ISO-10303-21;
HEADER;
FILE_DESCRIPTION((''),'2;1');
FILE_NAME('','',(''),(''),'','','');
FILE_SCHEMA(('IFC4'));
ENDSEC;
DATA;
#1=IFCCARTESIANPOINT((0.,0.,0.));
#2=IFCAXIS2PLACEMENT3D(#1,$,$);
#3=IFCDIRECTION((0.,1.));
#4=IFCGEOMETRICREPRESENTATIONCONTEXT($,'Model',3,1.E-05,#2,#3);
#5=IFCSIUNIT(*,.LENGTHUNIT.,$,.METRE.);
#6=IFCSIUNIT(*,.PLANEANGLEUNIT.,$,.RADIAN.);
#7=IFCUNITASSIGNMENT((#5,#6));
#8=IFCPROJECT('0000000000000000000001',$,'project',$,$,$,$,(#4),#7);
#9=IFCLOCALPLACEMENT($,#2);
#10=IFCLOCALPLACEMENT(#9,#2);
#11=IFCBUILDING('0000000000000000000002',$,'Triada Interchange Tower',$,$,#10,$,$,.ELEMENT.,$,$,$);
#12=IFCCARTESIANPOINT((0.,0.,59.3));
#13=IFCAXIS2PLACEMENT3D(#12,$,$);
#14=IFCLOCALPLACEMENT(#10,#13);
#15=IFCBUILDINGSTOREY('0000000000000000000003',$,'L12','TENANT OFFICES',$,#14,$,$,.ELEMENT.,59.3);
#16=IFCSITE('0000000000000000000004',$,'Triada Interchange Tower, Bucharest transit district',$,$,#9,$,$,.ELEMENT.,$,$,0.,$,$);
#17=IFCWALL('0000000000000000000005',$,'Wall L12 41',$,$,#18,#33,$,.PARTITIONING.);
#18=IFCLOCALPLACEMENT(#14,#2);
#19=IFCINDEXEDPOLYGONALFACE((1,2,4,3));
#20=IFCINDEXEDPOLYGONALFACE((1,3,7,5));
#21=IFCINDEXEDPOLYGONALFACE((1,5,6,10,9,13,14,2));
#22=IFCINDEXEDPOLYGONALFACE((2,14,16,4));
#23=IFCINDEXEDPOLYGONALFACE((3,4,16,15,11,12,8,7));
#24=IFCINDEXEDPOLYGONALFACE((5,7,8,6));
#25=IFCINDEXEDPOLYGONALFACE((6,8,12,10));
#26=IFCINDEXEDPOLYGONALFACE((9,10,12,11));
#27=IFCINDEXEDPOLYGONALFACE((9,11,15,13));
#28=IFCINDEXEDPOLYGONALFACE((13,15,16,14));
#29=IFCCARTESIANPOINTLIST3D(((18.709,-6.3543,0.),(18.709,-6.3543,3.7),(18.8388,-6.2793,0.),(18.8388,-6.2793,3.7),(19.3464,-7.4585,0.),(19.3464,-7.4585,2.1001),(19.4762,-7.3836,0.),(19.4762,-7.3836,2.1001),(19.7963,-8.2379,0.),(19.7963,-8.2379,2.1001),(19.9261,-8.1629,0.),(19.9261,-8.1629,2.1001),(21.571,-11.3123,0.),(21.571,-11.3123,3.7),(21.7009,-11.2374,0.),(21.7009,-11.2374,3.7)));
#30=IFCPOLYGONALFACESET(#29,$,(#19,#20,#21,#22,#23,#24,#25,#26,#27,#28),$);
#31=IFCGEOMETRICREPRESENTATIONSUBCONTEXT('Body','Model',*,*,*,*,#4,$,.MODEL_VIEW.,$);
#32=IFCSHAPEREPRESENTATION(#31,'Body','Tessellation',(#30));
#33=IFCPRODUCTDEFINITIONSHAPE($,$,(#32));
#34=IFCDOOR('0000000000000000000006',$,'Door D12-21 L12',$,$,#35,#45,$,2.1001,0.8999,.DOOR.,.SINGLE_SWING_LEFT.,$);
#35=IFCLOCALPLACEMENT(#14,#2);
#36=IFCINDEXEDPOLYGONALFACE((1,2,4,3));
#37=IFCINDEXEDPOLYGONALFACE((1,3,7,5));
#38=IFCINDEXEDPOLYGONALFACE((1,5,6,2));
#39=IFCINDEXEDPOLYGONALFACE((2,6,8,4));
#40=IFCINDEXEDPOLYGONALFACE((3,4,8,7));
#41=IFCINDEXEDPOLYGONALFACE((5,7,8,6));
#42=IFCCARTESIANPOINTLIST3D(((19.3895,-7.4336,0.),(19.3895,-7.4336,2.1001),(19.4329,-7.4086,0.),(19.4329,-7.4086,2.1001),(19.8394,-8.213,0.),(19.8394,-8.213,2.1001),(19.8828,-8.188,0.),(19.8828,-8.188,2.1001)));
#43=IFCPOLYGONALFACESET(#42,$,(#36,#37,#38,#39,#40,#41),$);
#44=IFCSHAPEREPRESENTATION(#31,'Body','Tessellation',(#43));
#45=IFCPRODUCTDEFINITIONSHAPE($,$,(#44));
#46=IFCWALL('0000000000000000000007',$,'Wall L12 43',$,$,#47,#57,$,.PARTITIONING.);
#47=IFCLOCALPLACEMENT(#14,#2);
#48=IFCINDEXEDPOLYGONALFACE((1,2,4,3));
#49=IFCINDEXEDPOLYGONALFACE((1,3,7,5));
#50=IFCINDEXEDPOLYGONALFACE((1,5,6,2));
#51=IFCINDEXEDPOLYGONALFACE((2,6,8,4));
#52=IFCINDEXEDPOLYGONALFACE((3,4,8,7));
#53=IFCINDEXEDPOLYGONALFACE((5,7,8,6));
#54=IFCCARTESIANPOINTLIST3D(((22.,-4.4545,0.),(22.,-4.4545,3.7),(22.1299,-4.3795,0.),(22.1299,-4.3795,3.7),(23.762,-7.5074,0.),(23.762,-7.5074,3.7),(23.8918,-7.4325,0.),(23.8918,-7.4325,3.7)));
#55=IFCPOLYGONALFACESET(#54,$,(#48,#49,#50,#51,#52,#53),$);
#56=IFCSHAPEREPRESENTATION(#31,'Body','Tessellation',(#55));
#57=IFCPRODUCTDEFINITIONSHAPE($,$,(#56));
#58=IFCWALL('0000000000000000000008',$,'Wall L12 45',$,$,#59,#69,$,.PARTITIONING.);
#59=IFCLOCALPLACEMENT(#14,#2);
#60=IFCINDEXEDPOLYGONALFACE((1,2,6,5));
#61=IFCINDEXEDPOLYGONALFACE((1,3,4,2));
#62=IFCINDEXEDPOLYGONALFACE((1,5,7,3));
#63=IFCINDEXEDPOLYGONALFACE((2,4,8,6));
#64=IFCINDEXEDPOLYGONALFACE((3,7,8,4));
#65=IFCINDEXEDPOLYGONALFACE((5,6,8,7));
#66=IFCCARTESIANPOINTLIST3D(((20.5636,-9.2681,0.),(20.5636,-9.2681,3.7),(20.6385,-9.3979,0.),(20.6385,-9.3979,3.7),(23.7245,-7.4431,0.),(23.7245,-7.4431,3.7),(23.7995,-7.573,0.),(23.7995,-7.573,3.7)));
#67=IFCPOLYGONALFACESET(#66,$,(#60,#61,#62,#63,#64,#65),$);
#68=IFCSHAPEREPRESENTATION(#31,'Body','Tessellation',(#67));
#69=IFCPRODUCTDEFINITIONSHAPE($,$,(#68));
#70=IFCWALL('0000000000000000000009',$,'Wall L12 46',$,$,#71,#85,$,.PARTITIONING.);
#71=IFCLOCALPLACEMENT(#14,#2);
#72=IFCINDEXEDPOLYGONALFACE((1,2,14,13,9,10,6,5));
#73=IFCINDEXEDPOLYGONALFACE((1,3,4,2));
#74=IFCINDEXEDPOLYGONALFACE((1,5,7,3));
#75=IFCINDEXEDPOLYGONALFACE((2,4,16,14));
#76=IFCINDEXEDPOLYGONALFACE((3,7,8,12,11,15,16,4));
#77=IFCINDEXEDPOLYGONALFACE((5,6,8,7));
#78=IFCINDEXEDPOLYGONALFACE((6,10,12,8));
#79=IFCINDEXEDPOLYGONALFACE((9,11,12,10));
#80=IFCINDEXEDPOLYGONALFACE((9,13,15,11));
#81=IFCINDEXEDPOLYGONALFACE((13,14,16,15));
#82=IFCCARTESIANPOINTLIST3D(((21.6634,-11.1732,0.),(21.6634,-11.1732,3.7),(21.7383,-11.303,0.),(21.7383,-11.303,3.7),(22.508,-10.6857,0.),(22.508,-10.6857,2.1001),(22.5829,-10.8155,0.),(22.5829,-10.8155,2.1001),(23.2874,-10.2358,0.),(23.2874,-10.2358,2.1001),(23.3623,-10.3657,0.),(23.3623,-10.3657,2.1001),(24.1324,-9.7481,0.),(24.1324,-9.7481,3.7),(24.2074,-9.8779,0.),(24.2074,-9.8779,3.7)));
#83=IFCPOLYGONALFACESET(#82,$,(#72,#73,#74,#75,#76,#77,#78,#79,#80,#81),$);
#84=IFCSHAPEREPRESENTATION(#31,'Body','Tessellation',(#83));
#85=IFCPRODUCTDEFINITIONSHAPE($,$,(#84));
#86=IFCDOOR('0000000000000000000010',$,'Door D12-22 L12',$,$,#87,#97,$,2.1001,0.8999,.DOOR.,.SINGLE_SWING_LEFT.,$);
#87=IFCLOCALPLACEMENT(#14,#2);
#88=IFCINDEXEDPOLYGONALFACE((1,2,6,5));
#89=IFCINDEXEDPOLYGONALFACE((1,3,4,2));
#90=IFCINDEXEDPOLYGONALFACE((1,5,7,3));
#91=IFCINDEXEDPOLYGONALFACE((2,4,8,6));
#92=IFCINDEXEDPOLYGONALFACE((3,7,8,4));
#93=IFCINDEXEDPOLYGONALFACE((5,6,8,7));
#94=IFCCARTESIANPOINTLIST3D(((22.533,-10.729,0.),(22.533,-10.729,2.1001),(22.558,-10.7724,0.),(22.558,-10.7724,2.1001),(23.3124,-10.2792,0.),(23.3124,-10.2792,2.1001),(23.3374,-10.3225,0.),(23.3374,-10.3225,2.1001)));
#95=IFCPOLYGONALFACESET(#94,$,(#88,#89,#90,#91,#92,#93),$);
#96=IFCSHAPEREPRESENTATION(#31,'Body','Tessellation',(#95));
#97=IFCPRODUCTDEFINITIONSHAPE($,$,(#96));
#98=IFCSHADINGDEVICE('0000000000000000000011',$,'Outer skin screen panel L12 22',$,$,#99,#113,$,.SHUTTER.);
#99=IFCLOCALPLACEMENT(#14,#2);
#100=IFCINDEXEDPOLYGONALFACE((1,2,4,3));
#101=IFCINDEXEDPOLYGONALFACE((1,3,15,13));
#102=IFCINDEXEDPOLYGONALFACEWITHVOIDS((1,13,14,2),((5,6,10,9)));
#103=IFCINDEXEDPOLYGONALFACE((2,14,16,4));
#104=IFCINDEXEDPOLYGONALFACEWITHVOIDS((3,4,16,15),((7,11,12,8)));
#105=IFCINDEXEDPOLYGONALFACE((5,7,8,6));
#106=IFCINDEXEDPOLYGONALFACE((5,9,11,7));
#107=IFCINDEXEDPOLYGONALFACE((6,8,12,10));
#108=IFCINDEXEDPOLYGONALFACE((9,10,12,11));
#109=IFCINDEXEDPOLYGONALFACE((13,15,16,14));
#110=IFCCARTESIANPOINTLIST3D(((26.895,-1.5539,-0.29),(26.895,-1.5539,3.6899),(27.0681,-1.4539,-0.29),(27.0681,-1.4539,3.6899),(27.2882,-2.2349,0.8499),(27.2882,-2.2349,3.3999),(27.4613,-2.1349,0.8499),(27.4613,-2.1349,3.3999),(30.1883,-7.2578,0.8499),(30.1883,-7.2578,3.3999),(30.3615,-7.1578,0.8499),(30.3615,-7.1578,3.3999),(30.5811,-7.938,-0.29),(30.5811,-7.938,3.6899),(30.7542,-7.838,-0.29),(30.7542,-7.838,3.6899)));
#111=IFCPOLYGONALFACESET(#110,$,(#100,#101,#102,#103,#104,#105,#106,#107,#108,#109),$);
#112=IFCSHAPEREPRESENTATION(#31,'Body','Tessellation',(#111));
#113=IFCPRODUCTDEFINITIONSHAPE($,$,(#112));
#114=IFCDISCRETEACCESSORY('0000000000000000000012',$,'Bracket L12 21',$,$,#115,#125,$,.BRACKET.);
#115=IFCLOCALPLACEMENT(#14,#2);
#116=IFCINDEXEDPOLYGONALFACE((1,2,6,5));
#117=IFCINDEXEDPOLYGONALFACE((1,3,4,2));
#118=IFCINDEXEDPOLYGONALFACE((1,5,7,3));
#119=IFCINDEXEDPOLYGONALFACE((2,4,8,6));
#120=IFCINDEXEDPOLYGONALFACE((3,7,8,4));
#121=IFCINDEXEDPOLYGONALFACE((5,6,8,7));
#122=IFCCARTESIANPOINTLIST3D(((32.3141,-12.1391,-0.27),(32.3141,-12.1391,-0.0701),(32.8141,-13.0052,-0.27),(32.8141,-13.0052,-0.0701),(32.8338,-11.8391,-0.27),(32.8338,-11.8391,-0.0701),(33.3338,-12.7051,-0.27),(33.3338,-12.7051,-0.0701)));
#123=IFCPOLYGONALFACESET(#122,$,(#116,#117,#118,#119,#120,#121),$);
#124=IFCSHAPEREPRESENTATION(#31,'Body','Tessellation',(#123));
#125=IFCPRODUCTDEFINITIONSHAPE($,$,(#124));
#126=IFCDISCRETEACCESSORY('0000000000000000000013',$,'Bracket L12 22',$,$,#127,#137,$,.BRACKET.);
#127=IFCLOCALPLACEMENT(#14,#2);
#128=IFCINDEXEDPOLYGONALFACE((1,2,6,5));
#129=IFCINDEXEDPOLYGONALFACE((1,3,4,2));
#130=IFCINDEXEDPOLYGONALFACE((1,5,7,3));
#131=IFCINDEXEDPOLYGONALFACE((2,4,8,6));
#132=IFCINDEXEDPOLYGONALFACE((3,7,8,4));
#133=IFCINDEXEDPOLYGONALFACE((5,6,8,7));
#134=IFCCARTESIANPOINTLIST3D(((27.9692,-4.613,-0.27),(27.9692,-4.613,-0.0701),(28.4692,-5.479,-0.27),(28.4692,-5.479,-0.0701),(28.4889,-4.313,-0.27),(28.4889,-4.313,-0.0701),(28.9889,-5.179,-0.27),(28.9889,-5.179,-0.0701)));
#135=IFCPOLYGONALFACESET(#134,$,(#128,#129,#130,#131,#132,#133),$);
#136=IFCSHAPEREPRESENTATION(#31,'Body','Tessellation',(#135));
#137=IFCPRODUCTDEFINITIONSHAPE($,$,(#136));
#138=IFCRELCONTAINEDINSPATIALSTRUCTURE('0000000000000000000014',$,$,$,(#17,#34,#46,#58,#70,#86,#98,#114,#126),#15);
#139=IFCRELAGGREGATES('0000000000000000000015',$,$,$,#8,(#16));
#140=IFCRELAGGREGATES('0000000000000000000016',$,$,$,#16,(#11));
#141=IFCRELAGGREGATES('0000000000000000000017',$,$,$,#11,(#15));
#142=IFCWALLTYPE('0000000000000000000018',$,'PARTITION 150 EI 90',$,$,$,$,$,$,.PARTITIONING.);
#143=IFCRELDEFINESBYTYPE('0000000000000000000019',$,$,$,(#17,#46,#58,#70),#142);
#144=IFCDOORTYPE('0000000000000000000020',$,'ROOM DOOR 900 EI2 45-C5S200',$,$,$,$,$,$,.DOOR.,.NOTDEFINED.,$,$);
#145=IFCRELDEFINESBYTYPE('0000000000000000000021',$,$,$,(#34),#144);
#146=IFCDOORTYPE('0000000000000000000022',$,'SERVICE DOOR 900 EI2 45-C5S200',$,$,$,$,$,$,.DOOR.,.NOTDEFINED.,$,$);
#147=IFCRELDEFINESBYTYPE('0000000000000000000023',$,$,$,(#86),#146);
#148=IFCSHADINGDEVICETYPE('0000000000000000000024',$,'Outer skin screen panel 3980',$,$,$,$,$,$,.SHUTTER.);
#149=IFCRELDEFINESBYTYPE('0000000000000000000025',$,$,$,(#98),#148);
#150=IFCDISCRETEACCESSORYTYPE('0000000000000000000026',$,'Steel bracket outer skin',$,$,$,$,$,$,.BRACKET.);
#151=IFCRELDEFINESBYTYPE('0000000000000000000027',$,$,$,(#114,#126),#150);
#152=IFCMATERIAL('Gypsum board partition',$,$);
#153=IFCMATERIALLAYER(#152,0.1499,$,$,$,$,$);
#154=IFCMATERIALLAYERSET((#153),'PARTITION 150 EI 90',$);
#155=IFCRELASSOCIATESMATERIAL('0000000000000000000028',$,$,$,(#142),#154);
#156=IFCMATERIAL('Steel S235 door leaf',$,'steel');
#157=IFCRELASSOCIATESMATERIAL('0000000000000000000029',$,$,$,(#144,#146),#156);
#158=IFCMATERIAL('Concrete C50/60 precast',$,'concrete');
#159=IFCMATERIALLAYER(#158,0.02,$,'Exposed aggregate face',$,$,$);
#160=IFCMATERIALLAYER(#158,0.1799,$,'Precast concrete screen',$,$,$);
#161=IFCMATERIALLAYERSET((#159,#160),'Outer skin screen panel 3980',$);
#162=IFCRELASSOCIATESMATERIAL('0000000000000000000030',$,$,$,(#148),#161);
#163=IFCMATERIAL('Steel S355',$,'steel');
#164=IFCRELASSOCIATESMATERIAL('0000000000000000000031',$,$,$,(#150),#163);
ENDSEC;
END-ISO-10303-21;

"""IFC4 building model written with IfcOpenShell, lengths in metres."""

from ifc_helpers import new_model, si_unit, direction, frame, frame_2d, origin, origin_2d, place, context, subcontext, project, spatial, polyline, rectangle, outline, extrude, material, layer, layer_set, type_object, element, fill, save


model = new_model("IFC4")

# Units and contexts
model_context = context("Model", 3, precision=1e-05, world=origin(), true_north=direction((0.0, 1.0)))
body_context = subcontext(model_context, "Body", "Model", "MODEL_VIEW")
ifc_project = project(units=[si_unit("LENGTHUNIT", "METRE"), si_unit("PLANEANGLEUNIT", "RADIAN")], contexts=[model_context])

# Site, building, storey
site_placement = place(None, origin())
site = spatial("IfcSite", under=ifc_project, at=site_placement, Name="Triada Interchange Tower, Bucharest transit district", CompositionType="ELEMENT", RefElevation=0.0)
building_placement = place(site_placement, origin())
building = spatial("IfcBuilding", under=site, at=building_placement, Name="Triada Interchange Tower", CompositionType="ELEMENT")
storey_placement = place(building_placement, frame((0.0, 0.0, 59.3)))
storey = spatial("IfcBuildingStorey", under=building, at=storey_placement, Name="L12", Description="TENANT OFFICES", CompositionType="ELEMENT", Elevation=59.3)

# Shared definitions
ifc_material_1 = material(Name="Gypsum board partition")
ifc_layer_1 = layer(ifc_material_1, 0.1499)
ifc_layer_set_1 = layer_set([ifc_layer_1], Name="PARTITION 150 EI 90")
wall_type_1 = type_object("IfcWallType", Name="PARTITION 150 EI 90", PredefinedType="PARTITIONING", material=ifc_layer_set_1)

# Wall, opening, door
wall_1_placement = place(storey_placement, frame((18.7739, -6.3169, 0.0), z_axis=(0.0, 0.0, 1.0), x_axis=(0.499941, -0.866059, 0.0)))
wall_1 = element("IfcWall", 1, at=wall_1_placement, inside=storey, type_object=wall_type_1, Name="Wall L12 41", PredefinedType="PARTITIONING", context=body_context, shape_type="SweptSolid", body=[
    extrude(rectangle(XDim=5.7249, YDim=0.1499, at=frame_2d((2.8623, 0.0))), origin(), (0.0, 0.0, 1.0), 3.7),
])
opening_1_placement = place(wall_1_placement, frame((1.2749, 0.0, 0.0)))
opening_1 = element("IfcOpeningElement", 2, at=opening_1_placement, cuts=wall_1, PredefinedType="OPENING", context=body_context, shape_type="SweptSolid", body=[
    extrude(rectangle(XDim=0.8999, YDim=2.1001, at=frame_2d((0.45, 1.05))), frame((0.0, 0.085, 0.0), z_axis=(0.0, -1.0, 0.0), x_axis=(1.0, 0.0, 0.0)), (0.0, 0.0, 1.0), 0.1699),
])
ifc_material_2 = material(Name="Steel S235 door leaf", Category="steel")
door_type_1 = type_object("IfcDoorType", Name="ROOM DOOR 900 EI2 45-C5S200", OperationType="NOTDEFINED", PredefinedType="DOOR", material=ifc_material_2)
door_1_placement = place(opening_1_placement, origin())
door_1 = element("IfcDoor", 3, at=door_1_placement, inside=storey, type_object=door_type_1, Name="Door D12-21 L12", OperationType="SINGLE_SWING_LEFT", OverallHeight=2.1001, OverallWidth=0.8999, PredefinedType="DOOR", context=body_context, shape_type="SweptSolid", body=[
    extrude(rectangle(XDim=0.8999, YDim=2.1001, at=frame_2d((0.45, 1.05))), frame((0.0, 0.0249, 0.0), z_axis=(0.0, -1.0, 0.0), x_axis=(1.0, 0.0, 0.0)), (0.0, 0.0, 1.0), 0.05),
])
fill(opening_1, door_1)

# Walls
wall_2_placement = place(storey_placement, frame((22.0649, -4.417, 0.0), z_axis=(0.0, 0.0, 1.0), x_axis=(0.499856, -0.866108, 0.0)))
element("IfcWall", 4, at=wall_2_placement, inside=storey, type_object=wall_type_1, Name="Wall L12 43", PredefinedType="PARTITIONING", context=body_context, shape_type="SweptSolid", body=[
    extrude(rectangle(XDim=3.5249, YDim=0.1499, at=frame_2d((1.7625, 0.0))), origin(), (0.0, 0.0, 1.0), 3.7),
])
wall_3_placement = place(storey_placement, frame((20.6011, -9.333, 0.0), z_axis=(0.0, 0.0, 1.0), x_axis=(0.866024, 0.500002, 0.0)))
element("IfcWall", 5, at=wall_3_placement, inside=storey, type_object=wall_type_1, Name="Wall L12 45", PredefinedType="PARTITIONING", context=body_context, shape_type="SweptSolid", body=[
    extrude(rectangle(XDim=3.6499, YDim=0.1499, at=frame_2d((1.825, 0.0))), origin(), (0.0, 0.0, 1.0), 3.7),
])

# Wall, opening, door
wall_4_placement = place(storey_placement, frame((21.7009, -11.238, 0.0), z_axis=(0.0, 0.0, 1.0), x_axis=(0.86609, 0.499888, 0.0)))
wall_4 = element("IfcWall", 6, at=wall_4_placement, inside=storey, type_object=wall_type_1, Name="Wall L12 46", PredefinedType="PARTITIONING", context=body_context, shape_type="SweptSolid", body=[
    extrude(rectangle(XDim=2.8508, YDim=0.1499, at=frame_2d((1.4253, 0.0))), origin(), (0.0, 0.0, 1.0), 3.7),
])
opening_2_placement = place(wall_4_placement, frame((0.9751, 0.0, 0.0)))
opening_2 = element("IfcOpeningElement", 7, at=opening_2_placement, cuts=wall_4, PredefinedType="OPENING", context=body_context, shape_type="SweptSolid", body=[
    extrude(rectangle(XDim=0.8999, YDim=2.1001, at=frame_2d((0.45, 1.05))), frame((0.0, 0.085, 0.0), z_axis=(0.0, -1.0, 0.0), x_axis=(1.0, 0.0, 0.0)), (0.0, 0.0, 1.0), 0.1699),
])
door_type_2 = type_object("IfcDoorType", Name="SERVICE DOOR 900 EI2 45-C5S200", OperationType="NOTDEFINED", PredefinedType="DOOR", material=ifc_material_2)
door_2_placement = place(opening_2_placement, origin())
door_2 = element("IfcDoor", 8, at=door_2_placement, inside=storey, type_object=door_type_2, Name="Door D12-22 L12", OperationType="SINGLE_SWING_LEFT", OverallHeight=2.1001, OverallWidth=0.8999, PredefinedType="DOOR", context=body_context, shape_type="SweptSolid", body=[
    extrude(rectangle(XDim=0.8999, YDim=2.1001, at=frame_2d((0.45, 1.05))), frame((0.0, 0.0249, 0.0), z_axis=(0.0, -1.0, 0.0), x_axis=(1.0, 0.0, 0.0)), (0.0, 0.0, 1.0), 0.05),
])
fill(opening_2, door_2)

# Shading device
ifc_material_3 = material(Name="Concrete C50/60 precast", Category="concrete")
ifc_layer_2 = layer(ifc_material_3, 0.02, Name="Exposed aggregate face")
ifc_layer_3 = layer(ifc_material_3, 0.1799, Name="Precast concrete screen")
ifc_layer_set_2 = layer_set([ifc_layer_2, ifc_layer_3], Name="Outer skin screen panel 3980")
shading_device_type = type_object("IfcShadingDeviceType", Name="Outer skin screen panel 3980", PredefinedType="SHUTTER", material=ifc_layer_set_2)
shading_device_placement = place(storey_placement, frame((30.5811, -7.938, -0.29), z_axis=(0.0, 0.0, 1.0), x_axis=(-0.500022, 0.866013, 0.0)))
element("IfcShadingDevice", 9, at=shading_device_placement, inside=storey, type_object=shading_device_type, Name="Outer skin screen panel L12 22", PredefinedType="SHUTTER", context=body_context, shape_type="SweptSolid", body=[
    extrude(outline(polyline([(0.0, 0.0), (7.3718, 0.0), (7.3718, 3.98), (0.0, 3.98), (0.0, 0.0)]), holes=[polyline([(0.7854, 1.1399), (0.7854, 3.6899), (6.5854, 3.6899), (6.5854, 1.1399), (0.7854, 1.1399)])]), frame((0.0, 0.0, 0.0), z_axis=(0.0, -1.0, 0.0), x_axis=(1.0, 0.0, 0.0)), (0.0, 0.0, 1.0), 0.2),
])

# Discrete accessories
ifc_material_4 = material(Name="Steel S355", Category="steel")
discrete_accessory_type = type_object("IfcDiscreteAccessoryType", Name="Steel bracket outer skin", PredefinedType="BRACKET", material=ifc_material_4)
for number, where, z_axis, x_axis, name in (
    (10, (32.824, -12.4221, -0.27), (0.0, 0.0, 1.0), (0.866022, 0.500006, 0.0), "Bracket L12 21"),
    (11, (28.479, -4.896, -0.27), (0.0, 0.0, 1.0), (0.866022, 0.500006, 0.0), "Bracket L12 22"),
):
    element("IfcDiscreteAccessory", number, at=place(storey_placement, frame(where, z_axis=z_axis, x_axis=x_axis)), inside=storey, type_object=discrete_accessory_type, Name=name, PredefinedType="BRACKET", context=body_context, shape_type="SweptSolid", body=[
        extrude(rectangle(XDim=0.6001, YDim=1.0, at=origin_2d()), origin(), (0.0, 0.0, 1.0), 0.2),
    ])

save(model, "model.ifc")
